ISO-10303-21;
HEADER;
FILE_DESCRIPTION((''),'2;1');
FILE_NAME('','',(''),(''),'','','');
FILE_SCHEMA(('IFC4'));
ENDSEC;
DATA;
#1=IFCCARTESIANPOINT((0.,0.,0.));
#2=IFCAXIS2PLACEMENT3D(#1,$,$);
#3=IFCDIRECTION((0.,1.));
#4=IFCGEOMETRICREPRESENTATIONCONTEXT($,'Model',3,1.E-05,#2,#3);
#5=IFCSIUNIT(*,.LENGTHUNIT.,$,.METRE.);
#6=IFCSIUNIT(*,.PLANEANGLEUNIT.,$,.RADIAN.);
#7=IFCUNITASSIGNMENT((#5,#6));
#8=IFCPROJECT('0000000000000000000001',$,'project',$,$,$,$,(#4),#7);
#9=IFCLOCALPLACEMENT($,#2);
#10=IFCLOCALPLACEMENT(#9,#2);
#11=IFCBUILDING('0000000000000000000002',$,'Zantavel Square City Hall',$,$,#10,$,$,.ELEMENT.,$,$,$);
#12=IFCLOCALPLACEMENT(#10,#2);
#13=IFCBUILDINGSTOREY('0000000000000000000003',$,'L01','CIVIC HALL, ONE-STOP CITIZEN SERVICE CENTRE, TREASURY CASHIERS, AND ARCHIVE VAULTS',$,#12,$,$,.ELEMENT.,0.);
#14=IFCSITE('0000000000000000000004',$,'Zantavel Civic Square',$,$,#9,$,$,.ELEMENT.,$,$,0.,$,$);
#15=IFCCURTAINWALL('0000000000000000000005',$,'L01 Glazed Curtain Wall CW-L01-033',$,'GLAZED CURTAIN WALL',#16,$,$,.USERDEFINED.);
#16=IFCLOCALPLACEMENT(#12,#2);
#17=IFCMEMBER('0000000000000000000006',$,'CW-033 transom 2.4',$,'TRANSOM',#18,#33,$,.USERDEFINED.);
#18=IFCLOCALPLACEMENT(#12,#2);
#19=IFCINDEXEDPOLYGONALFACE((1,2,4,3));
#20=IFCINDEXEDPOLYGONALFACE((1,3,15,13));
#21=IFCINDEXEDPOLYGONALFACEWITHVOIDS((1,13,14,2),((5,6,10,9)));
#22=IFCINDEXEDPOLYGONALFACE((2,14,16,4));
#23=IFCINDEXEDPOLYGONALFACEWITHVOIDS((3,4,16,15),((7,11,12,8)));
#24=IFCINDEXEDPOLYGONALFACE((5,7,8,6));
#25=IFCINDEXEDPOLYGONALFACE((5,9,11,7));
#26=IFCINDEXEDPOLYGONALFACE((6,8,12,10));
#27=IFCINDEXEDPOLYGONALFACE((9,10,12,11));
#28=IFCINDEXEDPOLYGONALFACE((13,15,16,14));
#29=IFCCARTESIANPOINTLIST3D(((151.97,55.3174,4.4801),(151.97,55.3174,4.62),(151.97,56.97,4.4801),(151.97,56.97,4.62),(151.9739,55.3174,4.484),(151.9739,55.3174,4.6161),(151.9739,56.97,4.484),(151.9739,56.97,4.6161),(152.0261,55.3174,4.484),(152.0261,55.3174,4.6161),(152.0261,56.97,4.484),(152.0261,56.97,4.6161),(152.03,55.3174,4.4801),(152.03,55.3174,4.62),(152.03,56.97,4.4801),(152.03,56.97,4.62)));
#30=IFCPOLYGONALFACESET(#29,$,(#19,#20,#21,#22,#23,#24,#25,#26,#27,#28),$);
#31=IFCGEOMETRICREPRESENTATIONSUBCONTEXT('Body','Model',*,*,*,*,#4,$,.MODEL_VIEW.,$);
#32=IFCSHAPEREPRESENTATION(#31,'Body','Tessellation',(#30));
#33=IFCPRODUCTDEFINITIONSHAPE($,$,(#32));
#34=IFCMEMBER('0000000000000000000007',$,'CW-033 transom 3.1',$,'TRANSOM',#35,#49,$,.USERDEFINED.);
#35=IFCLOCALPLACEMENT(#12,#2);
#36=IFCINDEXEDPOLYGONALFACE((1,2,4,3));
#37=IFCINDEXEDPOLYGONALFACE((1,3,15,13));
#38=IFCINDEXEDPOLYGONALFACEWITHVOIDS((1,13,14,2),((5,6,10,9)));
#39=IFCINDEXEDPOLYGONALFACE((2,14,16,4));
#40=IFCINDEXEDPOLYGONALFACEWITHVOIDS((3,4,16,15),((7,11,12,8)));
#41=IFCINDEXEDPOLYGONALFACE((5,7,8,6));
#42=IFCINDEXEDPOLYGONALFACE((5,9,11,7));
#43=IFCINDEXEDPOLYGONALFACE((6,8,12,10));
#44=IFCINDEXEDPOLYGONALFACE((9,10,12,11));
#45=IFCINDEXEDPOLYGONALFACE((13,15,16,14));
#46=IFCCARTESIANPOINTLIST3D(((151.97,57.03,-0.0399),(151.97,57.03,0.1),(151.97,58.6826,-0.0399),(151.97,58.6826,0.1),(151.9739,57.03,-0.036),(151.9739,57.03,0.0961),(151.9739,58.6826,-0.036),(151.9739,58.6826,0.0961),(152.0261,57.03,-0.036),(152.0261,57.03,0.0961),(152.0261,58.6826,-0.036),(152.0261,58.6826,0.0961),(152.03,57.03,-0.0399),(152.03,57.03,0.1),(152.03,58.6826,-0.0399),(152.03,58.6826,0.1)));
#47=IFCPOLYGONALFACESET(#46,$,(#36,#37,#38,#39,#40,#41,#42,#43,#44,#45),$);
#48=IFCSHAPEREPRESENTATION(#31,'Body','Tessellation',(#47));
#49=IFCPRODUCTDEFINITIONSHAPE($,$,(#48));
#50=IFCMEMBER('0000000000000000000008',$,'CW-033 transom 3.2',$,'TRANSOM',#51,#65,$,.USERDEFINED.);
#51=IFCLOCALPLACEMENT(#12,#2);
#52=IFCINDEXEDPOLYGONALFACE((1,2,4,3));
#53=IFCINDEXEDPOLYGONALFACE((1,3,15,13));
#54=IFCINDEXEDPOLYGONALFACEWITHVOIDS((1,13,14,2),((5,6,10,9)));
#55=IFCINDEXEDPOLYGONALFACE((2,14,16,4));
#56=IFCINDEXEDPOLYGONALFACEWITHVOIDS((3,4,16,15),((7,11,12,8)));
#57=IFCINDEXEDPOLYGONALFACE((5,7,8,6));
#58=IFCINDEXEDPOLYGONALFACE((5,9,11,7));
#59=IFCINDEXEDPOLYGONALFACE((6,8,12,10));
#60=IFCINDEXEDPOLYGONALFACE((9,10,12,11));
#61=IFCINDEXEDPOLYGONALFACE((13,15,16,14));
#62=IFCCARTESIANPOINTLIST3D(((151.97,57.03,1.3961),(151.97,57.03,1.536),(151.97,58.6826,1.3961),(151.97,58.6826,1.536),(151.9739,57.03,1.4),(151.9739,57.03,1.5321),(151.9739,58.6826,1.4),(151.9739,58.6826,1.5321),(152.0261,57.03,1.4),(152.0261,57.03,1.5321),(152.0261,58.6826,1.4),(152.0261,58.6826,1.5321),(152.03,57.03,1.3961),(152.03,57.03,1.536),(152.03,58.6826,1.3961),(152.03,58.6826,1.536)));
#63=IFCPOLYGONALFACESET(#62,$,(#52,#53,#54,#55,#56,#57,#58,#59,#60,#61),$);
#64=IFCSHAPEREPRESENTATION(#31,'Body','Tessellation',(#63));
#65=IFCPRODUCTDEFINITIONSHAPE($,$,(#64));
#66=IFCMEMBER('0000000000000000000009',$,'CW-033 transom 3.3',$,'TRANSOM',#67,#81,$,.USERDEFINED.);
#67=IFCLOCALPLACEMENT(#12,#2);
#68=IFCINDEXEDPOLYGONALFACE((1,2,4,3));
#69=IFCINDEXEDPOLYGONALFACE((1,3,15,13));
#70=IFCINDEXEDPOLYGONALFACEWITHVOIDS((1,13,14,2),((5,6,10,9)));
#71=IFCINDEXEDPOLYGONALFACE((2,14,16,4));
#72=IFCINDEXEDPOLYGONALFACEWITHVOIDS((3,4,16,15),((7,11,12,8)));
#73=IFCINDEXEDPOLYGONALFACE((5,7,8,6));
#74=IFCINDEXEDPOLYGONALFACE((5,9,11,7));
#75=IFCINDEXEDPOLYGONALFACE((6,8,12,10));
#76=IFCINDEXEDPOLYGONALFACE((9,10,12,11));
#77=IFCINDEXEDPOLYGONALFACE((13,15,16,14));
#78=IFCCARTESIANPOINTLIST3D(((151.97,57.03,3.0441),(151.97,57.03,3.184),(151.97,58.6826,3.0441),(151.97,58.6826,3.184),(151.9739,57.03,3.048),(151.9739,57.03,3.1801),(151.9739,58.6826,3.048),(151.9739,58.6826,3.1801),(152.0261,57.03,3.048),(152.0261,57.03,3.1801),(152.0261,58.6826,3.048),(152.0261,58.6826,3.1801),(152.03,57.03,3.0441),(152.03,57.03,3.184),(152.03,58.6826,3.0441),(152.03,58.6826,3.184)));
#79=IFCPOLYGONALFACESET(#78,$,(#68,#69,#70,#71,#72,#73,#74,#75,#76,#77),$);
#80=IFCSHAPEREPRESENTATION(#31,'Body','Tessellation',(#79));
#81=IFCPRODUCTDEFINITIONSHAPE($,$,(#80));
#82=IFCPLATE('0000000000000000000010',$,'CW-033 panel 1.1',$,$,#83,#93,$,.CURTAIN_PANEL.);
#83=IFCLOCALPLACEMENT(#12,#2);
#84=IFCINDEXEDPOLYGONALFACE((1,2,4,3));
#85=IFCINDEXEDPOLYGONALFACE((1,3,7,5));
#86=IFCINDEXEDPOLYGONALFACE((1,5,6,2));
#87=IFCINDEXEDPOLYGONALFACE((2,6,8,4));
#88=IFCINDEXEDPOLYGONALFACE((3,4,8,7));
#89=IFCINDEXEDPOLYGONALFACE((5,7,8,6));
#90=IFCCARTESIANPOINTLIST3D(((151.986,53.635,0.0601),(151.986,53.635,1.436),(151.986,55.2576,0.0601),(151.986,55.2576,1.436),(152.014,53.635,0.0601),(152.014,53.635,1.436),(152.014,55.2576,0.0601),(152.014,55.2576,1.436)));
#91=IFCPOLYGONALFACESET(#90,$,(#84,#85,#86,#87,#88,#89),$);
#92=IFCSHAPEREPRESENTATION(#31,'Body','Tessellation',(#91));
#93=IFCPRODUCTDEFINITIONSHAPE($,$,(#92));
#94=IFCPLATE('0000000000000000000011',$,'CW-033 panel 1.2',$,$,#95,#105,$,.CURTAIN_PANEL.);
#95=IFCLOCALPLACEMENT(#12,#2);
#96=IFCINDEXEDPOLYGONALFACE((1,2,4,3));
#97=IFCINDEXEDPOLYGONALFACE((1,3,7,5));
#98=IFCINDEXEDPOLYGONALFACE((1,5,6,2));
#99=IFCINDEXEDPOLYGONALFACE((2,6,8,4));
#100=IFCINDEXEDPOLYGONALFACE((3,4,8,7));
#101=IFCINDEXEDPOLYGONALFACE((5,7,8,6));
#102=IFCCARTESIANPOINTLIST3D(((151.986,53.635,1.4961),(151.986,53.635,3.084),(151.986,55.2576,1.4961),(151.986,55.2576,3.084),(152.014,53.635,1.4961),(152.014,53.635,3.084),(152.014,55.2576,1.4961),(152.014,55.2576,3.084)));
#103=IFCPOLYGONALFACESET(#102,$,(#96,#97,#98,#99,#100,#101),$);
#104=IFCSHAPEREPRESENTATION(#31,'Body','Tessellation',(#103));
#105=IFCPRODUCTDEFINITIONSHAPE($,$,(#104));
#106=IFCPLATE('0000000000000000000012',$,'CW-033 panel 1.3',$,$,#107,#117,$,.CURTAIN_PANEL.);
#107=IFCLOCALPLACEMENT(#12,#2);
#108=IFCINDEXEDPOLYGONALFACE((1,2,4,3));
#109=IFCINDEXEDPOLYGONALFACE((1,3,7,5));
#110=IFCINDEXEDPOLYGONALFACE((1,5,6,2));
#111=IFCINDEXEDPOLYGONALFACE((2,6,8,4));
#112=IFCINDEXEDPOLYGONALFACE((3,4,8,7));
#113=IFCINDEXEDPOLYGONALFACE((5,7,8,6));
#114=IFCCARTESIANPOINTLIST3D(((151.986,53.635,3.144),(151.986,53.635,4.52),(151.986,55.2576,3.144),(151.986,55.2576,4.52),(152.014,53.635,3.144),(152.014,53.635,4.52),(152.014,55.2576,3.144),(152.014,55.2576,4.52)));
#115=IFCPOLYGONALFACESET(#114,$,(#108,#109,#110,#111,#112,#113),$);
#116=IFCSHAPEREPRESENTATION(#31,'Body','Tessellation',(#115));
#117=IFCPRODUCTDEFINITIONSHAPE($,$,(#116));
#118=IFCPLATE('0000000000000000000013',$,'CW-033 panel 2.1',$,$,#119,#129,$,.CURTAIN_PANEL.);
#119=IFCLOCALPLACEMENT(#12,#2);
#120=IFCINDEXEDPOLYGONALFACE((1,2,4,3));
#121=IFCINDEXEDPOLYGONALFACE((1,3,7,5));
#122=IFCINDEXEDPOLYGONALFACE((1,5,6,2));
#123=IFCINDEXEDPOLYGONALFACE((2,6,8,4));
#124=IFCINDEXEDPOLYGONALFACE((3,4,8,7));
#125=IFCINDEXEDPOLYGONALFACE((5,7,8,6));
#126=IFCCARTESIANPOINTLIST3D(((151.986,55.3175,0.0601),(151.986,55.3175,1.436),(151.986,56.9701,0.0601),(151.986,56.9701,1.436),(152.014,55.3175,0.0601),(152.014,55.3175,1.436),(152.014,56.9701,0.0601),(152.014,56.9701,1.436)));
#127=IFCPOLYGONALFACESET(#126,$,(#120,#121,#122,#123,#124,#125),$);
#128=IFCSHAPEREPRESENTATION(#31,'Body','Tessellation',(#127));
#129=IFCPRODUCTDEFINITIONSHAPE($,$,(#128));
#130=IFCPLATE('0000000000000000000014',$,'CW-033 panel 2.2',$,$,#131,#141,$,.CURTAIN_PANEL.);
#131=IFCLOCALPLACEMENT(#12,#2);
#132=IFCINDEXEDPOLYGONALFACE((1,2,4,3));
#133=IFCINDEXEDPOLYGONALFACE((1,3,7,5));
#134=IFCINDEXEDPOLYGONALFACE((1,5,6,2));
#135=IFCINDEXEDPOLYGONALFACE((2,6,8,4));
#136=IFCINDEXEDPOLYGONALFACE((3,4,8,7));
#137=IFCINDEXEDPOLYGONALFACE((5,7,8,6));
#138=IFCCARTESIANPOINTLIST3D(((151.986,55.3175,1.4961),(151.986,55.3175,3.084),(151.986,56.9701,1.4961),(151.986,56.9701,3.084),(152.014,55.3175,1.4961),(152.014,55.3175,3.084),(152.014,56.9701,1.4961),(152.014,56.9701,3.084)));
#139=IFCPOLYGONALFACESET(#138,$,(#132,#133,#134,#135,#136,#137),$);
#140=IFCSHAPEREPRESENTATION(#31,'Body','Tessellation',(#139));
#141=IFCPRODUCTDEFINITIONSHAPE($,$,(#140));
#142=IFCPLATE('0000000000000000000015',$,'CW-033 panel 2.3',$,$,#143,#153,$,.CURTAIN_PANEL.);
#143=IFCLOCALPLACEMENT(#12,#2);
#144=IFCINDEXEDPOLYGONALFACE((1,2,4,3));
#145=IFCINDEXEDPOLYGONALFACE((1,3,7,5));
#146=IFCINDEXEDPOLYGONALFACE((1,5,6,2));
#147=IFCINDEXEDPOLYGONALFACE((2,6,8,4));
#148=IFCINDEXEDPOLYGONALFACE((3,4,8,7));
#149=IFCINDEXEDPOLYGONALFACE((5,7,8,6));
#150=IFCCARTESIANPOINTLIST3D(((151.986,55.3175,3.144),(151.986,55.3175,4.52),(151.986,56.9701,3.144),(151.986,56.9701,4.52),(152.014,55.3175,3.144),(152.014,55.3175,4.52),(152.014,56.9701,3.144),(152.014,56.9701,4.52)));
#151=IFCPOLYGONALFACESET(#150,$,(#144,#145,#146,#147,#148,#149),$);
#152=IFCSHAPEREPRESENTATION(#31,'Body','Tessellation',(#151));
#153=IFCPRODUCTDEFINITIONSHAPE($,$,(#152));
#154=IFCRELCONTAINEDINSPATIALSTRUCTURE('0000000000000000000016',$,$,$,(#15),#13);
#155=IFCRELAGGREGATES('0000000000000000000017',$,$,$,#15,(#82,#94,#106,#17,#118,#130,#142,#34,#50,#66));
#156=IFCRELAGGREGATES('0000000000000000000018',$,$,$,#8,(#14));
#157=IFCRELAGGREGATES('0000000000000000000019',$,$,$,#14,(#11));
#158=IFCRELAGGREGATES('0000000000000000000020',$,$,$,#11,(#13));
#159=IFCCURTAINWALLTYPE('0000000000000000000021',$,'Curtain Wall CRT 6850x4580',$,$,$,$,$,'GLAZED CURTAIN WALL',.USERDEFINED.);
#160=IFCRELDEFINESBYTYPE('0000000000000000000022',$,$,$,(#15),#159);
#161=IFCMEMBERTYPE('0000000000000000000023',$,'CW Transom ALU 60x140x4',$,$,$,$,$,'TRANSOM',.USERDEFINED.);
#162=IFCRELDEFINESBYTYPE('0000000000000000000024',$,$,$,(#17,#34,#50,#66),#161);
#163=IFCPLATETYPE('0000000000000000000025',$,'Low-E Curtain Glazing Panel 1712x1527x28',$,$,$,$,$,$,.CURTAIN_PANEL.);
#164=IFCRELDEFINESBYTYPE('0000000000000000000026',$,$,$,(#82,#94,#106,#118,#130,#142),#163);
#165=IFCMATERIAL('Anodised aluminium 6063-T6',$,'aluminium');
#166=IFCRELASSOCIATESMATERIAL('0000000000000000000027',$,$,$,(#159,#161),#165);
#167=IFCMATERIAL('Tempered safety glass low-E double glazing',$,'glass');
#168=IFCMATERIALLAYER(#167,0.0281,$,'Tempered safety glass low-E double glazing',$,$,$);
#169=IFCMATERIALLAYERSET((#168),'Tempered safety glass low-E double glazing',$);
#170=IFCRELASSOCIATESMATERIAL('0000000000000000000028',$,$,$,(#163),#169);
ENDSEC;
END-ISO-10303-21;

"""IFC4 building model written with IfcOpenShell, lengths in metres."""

from ifc_helpers import new_model, si_unit, direction, frame, origin, origin_2d, place, context, subcontext, project, spatial, rectangle, hollow_rectangle, extrude, material, layer, layer_set, material_profile, profile_set, type_object, element, aggregate, save


model = new_model("IFC4")

# Units and contexts
model_context = context("Model", 3, precision=1e-05, world=origin(), true_north=direction((0.0, 1.0)))
body_context = subcontext(model_context, "Body", "Model", "MODEL_VIEW")
ifc_project = project(units=[si_unit("LENGTHUNIT", "METRE"), si_unit("PLANEANGLEUNIT", "RADIAN")], contexts=[model_context])

# Site, building, storey
site_placement = place(None, origin())
site = spatial("IfcSite", under=ifc_project, at=site_placement, Name="Zantavel Civic Square", CompositionType="ELEMENT", RefElevation=0.0)
building_placement = place(site_placement, origin())
building = spatial("IfcBuilding", under=site, at=building_placement, Name="Zantavel Square City Hall", CompositionType="ELEMENT")
storey_placement = place(building_placement, origin())
storey = spatial("IfcBuildingStorey", under=building, at=storey_placement, Name="L01", Description="CIVIC HALL, ONE-STOP CITIZEN SERVICE CENTRE, TREASURY CASHIERS, AND ARCHIVE VAULTS", CompositionType="ELEMENT", Elevation=0.0)

# Curtain wall, members, plates
ifc_material_1 = material(Name="Anodised aluminium 6063-T6", Category="aluminium")
curtain_wall_type = type_object("IfcCurtainWallType", Name="Curtain Wall CRT 6850x4580", ElementType="GLAZED CURTAIN WALL", PredefinedType="USERDEFINED", material=ifc_material_1)
curtain_wall_placement = place(storey_placement, origin())
curtain_wall = element("IfcCurtainWall", 1, at=curtain_wall_placement, inside=storey, type_object=curtain_wall_type, Name="L01 Glazed Curtain Wall CW-L01-033", ObjectType="GLAZED CURTAIN WALL", PredefinedType="USERDEFINED")
ifc_material_profile_1 = material_profile(ifc_material_1, hollow_rectangle(XDim=0.0601, YDim=0.1399, WallThickness=0.0039, at=origin_2d()), Name="ALU 60x140x4")
ifc_profile_set_1 = profile_set([ifc_material_profile_1], Name="Anodised aluminium 6063-T6")
member_type_1 = type_object("IfcMemberType", Name="CW Transom ALU 60x140x4", ElementType="TRANSOM", PredefinedType="USERDEFINED", material=ifc_profile_set_1)
member_1_placement = place(storey_placement, frame((152.0, 55.3174, 4.55), z_axis=(0.0, 1.0, 0.0), x_axis=(-1.0, 0.0, 0.0)))
member_1 = element("IfcMember", 2, at=member_1_placement, type_object=member_type_1, Name="CW-033 transom 2.4", ObjectType="TRANSOM", PredefinedType="USERDEFINED", context=body_context, shape_type="SweptSolid", body=[
    extrude(hollow_rectangle(XDim=0.0601, YDim=0.1399, WallThickness=0.0039, at=origin_2d()), origin(), (0.0, 0.0, 1.0), 1.6526),
])
member_2_placement = place(storey_placement, frame((152.0, 57.03, 0.03), z_axis=(0.0, 1.0, 0.0), x_axis=(-1.0, 0.0, 0.0)))
member_2 = element("IfcMember", 3, at=member_2_placement, type_object=member_type_1, Name="CW-033 transom 3.1", ObjectType="TRANSOM", PredefinedType="USERDEFINED", context=body_context, shape_type="SweptSolid", body=[
    extrude(hollow_rectangle(XDim=0.0601, YDim=0.1399, WallThickness=0.0039, at=origin_2d()), origin(), (0.0, 0.0, 1.0), 1.6526),
])
member_3_placement = place(storey_placement, frame((152.0, 57.03, 1.4661), z_axis=(0.0, 1.0, 0.0), x_axis=(-1.0, 0.0, 0.0)))
member_3 = element("IfcMember", 4, at=member_3_placement, type_object=member_type_1, Name="CW-033 transom 3.2", ObjectType="TRANSOM", PredefinedType="USERDEFINED", context=body_context, shape_type="SweptSolid", body=[
    extrude(hollow_rectangle(XDim=0.0601, YDim=0.1399, WallThickness=0.0039, at=origin_2d()), origin(), (0.0, 0.0, 1.0), 1.6526),
])
member_4_placement = place(storey_placement, frame((152.0, 57.03, 3.114), z_axis=(0.0, 1.0, 0.0), x_axis=(-1.0, 0.0, 0.0)))
member_4 = element("IfcMember", 5, at=member_4_placement, type_object=member_type_1, Name="CW-033 transom 3.3", ObjectType="TRANSOM", PredefinedType="USERDEFINED", context=body_context, shape_type="SweptSolid", body=[
    extrude(hollow_rectangle(XDim=0.0601, YDim=0.1399, WallThickness=0.0039, at=origin_2d()), origin(), (0.0, 0.0, 1.0), 1.6526),
])
ifc_material_2 = material(Name="Tempered safety glass low-E double glazing", Category="glass")
ifc_layer = layer(ifc_material_2, 0.0281, Name="Tempered safety glass low-E double glazing")
ifc_layer_set = layer_set([ifc_layer], Name="Tempered safety glass low-E double glazing")
plate_type = type_object("IfcPlateType", Name="Low-E Curtain Glazing Panel 1712x1527x28", PredefinedType="CURTAIN_PANEL", material=ifc_layer_set)
plate_1_placement = place(storey_placement, frame((152.0, 54.4463, 0.0601), z_axis=(0.0, 0.0, 1.0), x_axis=(0.0, 1.0, 0.0)))
plate_1 = element("IfcPlate", 6, at=plate_1_placement, type_object=plate_type, Name="CW-033 panel 1.1", PredefinedType="CURTAIN_PANEL", context=body_context, shape_type="SweptSolid", body=[
    extrude(rectangle(XDim=1.6226, YDim=0.0281, at=origin_2d()), origin(), (0.0, 0.0, 1.0), 1.376),
])
plate_2_placement = place(storey_placement, frame((152.0, 54.4463, 1.4961), z_axis=(0.0, 0.0, 1.0), x_axis=(0.0, 1.0, 0.0)))
plate_2 = element("IfcPlate", 7, at=plate_2_placement, type_object=plate_type, Name="CW-033 panel 1.2", PredefinedType="CURTAIN_PANEL", context=body_context, shape_type="SweptSolid", body=[
    extrude(rectangle(XDim=1.6226, YDim=0.0281, at=origin_2d()), origin(), (0.0, 0.0, 1.0), 1.5879),
])
plate_3_placement = place(storey_placement, frame((152.0, 54.4463, 3.144), z_axis=(0.0, 0.0, 1.0), x_axis=(0.0, 1.0, 0.0)))
plate_3 = element("IfcPlate", 8, at=plate_3_placement, type_object=plate_type, Name="CW-033 panel 1.3", PredefinedType="CURTAIN_PANEL", context=body_context, shape_type="SweptSolid", body=[
    extrude(rectangle(XDim=1.6226, YDim=0.0281, at=origin_2d()), origin(), (0.0, 0.0, 1.0), 1.376),
])
plate_4_placement = place(storey_placement, frame((152.0, 56.1438, 0.0601), z_axis=(0.0, 0.0, 1.0), x_axis=(0.0, 1.0, 0.0)))
plate_4 = element("IfcPlate", 9, at=plate_4_placement, type_object=plate_type, Name="CW-033 panel 2.1", PredefinedType="CURTAIN_PANEL", context=body_context, shape_type="SweptSolid", body=[
    extrude(rectangle(XDim=1.6526, YDim=0.0281, at=origin_2d()), origin(), (0.0, 0.0, 1.0), 1.376),
])
plate_5_placement = place(storey_placement, frame((152.0, 56.1438, 1.4961), z_axis=(0.0, 0.0, 1.0), x_axis=(0.0, 1.0, 0.0)))
plate_5 = element("IfcPlate", 10, at=plate_5_placement, type_object=plate_type, Name="CW-033 panel 2.2", PredefinedType="CURTAIN_PANEL", context=body_context, shape_type="SweptSolid", body=[
    extrude(rectangle(XDim=1.6526, YDim=0.0281, at=origin_2d()), origin(), (0.0, 0.0, 1.0), 1.5879),
])
plate_6_placement = place(storey_placement, frame((152.0, 56.1438, 3.144), z_axis=(0.0, 0.0, 1.0), x_axis=(0.0, 1.0, 0.0)))
plate_6 = element("IfcPlate", 11, at=plate_6_placement, type_object=plate_type, Name="CW-033 panel 2.3", PredefinedType="CURTAIN_PANEL", context=body_context, shape_type="SweptSolid", body=[
    extrude(rectangle(XDim=1.6526, YDim=0.0281, at=origin_2d()), origin(), (0.0, 0.0, 1.0), 1.376),
])
aggregate(curtain_wall, [plate_1, plate_2, plate_3, member_1, plate_4, plate_5, plate_6, member_2, member_3, member_4])

save(model, "model.ifc")
